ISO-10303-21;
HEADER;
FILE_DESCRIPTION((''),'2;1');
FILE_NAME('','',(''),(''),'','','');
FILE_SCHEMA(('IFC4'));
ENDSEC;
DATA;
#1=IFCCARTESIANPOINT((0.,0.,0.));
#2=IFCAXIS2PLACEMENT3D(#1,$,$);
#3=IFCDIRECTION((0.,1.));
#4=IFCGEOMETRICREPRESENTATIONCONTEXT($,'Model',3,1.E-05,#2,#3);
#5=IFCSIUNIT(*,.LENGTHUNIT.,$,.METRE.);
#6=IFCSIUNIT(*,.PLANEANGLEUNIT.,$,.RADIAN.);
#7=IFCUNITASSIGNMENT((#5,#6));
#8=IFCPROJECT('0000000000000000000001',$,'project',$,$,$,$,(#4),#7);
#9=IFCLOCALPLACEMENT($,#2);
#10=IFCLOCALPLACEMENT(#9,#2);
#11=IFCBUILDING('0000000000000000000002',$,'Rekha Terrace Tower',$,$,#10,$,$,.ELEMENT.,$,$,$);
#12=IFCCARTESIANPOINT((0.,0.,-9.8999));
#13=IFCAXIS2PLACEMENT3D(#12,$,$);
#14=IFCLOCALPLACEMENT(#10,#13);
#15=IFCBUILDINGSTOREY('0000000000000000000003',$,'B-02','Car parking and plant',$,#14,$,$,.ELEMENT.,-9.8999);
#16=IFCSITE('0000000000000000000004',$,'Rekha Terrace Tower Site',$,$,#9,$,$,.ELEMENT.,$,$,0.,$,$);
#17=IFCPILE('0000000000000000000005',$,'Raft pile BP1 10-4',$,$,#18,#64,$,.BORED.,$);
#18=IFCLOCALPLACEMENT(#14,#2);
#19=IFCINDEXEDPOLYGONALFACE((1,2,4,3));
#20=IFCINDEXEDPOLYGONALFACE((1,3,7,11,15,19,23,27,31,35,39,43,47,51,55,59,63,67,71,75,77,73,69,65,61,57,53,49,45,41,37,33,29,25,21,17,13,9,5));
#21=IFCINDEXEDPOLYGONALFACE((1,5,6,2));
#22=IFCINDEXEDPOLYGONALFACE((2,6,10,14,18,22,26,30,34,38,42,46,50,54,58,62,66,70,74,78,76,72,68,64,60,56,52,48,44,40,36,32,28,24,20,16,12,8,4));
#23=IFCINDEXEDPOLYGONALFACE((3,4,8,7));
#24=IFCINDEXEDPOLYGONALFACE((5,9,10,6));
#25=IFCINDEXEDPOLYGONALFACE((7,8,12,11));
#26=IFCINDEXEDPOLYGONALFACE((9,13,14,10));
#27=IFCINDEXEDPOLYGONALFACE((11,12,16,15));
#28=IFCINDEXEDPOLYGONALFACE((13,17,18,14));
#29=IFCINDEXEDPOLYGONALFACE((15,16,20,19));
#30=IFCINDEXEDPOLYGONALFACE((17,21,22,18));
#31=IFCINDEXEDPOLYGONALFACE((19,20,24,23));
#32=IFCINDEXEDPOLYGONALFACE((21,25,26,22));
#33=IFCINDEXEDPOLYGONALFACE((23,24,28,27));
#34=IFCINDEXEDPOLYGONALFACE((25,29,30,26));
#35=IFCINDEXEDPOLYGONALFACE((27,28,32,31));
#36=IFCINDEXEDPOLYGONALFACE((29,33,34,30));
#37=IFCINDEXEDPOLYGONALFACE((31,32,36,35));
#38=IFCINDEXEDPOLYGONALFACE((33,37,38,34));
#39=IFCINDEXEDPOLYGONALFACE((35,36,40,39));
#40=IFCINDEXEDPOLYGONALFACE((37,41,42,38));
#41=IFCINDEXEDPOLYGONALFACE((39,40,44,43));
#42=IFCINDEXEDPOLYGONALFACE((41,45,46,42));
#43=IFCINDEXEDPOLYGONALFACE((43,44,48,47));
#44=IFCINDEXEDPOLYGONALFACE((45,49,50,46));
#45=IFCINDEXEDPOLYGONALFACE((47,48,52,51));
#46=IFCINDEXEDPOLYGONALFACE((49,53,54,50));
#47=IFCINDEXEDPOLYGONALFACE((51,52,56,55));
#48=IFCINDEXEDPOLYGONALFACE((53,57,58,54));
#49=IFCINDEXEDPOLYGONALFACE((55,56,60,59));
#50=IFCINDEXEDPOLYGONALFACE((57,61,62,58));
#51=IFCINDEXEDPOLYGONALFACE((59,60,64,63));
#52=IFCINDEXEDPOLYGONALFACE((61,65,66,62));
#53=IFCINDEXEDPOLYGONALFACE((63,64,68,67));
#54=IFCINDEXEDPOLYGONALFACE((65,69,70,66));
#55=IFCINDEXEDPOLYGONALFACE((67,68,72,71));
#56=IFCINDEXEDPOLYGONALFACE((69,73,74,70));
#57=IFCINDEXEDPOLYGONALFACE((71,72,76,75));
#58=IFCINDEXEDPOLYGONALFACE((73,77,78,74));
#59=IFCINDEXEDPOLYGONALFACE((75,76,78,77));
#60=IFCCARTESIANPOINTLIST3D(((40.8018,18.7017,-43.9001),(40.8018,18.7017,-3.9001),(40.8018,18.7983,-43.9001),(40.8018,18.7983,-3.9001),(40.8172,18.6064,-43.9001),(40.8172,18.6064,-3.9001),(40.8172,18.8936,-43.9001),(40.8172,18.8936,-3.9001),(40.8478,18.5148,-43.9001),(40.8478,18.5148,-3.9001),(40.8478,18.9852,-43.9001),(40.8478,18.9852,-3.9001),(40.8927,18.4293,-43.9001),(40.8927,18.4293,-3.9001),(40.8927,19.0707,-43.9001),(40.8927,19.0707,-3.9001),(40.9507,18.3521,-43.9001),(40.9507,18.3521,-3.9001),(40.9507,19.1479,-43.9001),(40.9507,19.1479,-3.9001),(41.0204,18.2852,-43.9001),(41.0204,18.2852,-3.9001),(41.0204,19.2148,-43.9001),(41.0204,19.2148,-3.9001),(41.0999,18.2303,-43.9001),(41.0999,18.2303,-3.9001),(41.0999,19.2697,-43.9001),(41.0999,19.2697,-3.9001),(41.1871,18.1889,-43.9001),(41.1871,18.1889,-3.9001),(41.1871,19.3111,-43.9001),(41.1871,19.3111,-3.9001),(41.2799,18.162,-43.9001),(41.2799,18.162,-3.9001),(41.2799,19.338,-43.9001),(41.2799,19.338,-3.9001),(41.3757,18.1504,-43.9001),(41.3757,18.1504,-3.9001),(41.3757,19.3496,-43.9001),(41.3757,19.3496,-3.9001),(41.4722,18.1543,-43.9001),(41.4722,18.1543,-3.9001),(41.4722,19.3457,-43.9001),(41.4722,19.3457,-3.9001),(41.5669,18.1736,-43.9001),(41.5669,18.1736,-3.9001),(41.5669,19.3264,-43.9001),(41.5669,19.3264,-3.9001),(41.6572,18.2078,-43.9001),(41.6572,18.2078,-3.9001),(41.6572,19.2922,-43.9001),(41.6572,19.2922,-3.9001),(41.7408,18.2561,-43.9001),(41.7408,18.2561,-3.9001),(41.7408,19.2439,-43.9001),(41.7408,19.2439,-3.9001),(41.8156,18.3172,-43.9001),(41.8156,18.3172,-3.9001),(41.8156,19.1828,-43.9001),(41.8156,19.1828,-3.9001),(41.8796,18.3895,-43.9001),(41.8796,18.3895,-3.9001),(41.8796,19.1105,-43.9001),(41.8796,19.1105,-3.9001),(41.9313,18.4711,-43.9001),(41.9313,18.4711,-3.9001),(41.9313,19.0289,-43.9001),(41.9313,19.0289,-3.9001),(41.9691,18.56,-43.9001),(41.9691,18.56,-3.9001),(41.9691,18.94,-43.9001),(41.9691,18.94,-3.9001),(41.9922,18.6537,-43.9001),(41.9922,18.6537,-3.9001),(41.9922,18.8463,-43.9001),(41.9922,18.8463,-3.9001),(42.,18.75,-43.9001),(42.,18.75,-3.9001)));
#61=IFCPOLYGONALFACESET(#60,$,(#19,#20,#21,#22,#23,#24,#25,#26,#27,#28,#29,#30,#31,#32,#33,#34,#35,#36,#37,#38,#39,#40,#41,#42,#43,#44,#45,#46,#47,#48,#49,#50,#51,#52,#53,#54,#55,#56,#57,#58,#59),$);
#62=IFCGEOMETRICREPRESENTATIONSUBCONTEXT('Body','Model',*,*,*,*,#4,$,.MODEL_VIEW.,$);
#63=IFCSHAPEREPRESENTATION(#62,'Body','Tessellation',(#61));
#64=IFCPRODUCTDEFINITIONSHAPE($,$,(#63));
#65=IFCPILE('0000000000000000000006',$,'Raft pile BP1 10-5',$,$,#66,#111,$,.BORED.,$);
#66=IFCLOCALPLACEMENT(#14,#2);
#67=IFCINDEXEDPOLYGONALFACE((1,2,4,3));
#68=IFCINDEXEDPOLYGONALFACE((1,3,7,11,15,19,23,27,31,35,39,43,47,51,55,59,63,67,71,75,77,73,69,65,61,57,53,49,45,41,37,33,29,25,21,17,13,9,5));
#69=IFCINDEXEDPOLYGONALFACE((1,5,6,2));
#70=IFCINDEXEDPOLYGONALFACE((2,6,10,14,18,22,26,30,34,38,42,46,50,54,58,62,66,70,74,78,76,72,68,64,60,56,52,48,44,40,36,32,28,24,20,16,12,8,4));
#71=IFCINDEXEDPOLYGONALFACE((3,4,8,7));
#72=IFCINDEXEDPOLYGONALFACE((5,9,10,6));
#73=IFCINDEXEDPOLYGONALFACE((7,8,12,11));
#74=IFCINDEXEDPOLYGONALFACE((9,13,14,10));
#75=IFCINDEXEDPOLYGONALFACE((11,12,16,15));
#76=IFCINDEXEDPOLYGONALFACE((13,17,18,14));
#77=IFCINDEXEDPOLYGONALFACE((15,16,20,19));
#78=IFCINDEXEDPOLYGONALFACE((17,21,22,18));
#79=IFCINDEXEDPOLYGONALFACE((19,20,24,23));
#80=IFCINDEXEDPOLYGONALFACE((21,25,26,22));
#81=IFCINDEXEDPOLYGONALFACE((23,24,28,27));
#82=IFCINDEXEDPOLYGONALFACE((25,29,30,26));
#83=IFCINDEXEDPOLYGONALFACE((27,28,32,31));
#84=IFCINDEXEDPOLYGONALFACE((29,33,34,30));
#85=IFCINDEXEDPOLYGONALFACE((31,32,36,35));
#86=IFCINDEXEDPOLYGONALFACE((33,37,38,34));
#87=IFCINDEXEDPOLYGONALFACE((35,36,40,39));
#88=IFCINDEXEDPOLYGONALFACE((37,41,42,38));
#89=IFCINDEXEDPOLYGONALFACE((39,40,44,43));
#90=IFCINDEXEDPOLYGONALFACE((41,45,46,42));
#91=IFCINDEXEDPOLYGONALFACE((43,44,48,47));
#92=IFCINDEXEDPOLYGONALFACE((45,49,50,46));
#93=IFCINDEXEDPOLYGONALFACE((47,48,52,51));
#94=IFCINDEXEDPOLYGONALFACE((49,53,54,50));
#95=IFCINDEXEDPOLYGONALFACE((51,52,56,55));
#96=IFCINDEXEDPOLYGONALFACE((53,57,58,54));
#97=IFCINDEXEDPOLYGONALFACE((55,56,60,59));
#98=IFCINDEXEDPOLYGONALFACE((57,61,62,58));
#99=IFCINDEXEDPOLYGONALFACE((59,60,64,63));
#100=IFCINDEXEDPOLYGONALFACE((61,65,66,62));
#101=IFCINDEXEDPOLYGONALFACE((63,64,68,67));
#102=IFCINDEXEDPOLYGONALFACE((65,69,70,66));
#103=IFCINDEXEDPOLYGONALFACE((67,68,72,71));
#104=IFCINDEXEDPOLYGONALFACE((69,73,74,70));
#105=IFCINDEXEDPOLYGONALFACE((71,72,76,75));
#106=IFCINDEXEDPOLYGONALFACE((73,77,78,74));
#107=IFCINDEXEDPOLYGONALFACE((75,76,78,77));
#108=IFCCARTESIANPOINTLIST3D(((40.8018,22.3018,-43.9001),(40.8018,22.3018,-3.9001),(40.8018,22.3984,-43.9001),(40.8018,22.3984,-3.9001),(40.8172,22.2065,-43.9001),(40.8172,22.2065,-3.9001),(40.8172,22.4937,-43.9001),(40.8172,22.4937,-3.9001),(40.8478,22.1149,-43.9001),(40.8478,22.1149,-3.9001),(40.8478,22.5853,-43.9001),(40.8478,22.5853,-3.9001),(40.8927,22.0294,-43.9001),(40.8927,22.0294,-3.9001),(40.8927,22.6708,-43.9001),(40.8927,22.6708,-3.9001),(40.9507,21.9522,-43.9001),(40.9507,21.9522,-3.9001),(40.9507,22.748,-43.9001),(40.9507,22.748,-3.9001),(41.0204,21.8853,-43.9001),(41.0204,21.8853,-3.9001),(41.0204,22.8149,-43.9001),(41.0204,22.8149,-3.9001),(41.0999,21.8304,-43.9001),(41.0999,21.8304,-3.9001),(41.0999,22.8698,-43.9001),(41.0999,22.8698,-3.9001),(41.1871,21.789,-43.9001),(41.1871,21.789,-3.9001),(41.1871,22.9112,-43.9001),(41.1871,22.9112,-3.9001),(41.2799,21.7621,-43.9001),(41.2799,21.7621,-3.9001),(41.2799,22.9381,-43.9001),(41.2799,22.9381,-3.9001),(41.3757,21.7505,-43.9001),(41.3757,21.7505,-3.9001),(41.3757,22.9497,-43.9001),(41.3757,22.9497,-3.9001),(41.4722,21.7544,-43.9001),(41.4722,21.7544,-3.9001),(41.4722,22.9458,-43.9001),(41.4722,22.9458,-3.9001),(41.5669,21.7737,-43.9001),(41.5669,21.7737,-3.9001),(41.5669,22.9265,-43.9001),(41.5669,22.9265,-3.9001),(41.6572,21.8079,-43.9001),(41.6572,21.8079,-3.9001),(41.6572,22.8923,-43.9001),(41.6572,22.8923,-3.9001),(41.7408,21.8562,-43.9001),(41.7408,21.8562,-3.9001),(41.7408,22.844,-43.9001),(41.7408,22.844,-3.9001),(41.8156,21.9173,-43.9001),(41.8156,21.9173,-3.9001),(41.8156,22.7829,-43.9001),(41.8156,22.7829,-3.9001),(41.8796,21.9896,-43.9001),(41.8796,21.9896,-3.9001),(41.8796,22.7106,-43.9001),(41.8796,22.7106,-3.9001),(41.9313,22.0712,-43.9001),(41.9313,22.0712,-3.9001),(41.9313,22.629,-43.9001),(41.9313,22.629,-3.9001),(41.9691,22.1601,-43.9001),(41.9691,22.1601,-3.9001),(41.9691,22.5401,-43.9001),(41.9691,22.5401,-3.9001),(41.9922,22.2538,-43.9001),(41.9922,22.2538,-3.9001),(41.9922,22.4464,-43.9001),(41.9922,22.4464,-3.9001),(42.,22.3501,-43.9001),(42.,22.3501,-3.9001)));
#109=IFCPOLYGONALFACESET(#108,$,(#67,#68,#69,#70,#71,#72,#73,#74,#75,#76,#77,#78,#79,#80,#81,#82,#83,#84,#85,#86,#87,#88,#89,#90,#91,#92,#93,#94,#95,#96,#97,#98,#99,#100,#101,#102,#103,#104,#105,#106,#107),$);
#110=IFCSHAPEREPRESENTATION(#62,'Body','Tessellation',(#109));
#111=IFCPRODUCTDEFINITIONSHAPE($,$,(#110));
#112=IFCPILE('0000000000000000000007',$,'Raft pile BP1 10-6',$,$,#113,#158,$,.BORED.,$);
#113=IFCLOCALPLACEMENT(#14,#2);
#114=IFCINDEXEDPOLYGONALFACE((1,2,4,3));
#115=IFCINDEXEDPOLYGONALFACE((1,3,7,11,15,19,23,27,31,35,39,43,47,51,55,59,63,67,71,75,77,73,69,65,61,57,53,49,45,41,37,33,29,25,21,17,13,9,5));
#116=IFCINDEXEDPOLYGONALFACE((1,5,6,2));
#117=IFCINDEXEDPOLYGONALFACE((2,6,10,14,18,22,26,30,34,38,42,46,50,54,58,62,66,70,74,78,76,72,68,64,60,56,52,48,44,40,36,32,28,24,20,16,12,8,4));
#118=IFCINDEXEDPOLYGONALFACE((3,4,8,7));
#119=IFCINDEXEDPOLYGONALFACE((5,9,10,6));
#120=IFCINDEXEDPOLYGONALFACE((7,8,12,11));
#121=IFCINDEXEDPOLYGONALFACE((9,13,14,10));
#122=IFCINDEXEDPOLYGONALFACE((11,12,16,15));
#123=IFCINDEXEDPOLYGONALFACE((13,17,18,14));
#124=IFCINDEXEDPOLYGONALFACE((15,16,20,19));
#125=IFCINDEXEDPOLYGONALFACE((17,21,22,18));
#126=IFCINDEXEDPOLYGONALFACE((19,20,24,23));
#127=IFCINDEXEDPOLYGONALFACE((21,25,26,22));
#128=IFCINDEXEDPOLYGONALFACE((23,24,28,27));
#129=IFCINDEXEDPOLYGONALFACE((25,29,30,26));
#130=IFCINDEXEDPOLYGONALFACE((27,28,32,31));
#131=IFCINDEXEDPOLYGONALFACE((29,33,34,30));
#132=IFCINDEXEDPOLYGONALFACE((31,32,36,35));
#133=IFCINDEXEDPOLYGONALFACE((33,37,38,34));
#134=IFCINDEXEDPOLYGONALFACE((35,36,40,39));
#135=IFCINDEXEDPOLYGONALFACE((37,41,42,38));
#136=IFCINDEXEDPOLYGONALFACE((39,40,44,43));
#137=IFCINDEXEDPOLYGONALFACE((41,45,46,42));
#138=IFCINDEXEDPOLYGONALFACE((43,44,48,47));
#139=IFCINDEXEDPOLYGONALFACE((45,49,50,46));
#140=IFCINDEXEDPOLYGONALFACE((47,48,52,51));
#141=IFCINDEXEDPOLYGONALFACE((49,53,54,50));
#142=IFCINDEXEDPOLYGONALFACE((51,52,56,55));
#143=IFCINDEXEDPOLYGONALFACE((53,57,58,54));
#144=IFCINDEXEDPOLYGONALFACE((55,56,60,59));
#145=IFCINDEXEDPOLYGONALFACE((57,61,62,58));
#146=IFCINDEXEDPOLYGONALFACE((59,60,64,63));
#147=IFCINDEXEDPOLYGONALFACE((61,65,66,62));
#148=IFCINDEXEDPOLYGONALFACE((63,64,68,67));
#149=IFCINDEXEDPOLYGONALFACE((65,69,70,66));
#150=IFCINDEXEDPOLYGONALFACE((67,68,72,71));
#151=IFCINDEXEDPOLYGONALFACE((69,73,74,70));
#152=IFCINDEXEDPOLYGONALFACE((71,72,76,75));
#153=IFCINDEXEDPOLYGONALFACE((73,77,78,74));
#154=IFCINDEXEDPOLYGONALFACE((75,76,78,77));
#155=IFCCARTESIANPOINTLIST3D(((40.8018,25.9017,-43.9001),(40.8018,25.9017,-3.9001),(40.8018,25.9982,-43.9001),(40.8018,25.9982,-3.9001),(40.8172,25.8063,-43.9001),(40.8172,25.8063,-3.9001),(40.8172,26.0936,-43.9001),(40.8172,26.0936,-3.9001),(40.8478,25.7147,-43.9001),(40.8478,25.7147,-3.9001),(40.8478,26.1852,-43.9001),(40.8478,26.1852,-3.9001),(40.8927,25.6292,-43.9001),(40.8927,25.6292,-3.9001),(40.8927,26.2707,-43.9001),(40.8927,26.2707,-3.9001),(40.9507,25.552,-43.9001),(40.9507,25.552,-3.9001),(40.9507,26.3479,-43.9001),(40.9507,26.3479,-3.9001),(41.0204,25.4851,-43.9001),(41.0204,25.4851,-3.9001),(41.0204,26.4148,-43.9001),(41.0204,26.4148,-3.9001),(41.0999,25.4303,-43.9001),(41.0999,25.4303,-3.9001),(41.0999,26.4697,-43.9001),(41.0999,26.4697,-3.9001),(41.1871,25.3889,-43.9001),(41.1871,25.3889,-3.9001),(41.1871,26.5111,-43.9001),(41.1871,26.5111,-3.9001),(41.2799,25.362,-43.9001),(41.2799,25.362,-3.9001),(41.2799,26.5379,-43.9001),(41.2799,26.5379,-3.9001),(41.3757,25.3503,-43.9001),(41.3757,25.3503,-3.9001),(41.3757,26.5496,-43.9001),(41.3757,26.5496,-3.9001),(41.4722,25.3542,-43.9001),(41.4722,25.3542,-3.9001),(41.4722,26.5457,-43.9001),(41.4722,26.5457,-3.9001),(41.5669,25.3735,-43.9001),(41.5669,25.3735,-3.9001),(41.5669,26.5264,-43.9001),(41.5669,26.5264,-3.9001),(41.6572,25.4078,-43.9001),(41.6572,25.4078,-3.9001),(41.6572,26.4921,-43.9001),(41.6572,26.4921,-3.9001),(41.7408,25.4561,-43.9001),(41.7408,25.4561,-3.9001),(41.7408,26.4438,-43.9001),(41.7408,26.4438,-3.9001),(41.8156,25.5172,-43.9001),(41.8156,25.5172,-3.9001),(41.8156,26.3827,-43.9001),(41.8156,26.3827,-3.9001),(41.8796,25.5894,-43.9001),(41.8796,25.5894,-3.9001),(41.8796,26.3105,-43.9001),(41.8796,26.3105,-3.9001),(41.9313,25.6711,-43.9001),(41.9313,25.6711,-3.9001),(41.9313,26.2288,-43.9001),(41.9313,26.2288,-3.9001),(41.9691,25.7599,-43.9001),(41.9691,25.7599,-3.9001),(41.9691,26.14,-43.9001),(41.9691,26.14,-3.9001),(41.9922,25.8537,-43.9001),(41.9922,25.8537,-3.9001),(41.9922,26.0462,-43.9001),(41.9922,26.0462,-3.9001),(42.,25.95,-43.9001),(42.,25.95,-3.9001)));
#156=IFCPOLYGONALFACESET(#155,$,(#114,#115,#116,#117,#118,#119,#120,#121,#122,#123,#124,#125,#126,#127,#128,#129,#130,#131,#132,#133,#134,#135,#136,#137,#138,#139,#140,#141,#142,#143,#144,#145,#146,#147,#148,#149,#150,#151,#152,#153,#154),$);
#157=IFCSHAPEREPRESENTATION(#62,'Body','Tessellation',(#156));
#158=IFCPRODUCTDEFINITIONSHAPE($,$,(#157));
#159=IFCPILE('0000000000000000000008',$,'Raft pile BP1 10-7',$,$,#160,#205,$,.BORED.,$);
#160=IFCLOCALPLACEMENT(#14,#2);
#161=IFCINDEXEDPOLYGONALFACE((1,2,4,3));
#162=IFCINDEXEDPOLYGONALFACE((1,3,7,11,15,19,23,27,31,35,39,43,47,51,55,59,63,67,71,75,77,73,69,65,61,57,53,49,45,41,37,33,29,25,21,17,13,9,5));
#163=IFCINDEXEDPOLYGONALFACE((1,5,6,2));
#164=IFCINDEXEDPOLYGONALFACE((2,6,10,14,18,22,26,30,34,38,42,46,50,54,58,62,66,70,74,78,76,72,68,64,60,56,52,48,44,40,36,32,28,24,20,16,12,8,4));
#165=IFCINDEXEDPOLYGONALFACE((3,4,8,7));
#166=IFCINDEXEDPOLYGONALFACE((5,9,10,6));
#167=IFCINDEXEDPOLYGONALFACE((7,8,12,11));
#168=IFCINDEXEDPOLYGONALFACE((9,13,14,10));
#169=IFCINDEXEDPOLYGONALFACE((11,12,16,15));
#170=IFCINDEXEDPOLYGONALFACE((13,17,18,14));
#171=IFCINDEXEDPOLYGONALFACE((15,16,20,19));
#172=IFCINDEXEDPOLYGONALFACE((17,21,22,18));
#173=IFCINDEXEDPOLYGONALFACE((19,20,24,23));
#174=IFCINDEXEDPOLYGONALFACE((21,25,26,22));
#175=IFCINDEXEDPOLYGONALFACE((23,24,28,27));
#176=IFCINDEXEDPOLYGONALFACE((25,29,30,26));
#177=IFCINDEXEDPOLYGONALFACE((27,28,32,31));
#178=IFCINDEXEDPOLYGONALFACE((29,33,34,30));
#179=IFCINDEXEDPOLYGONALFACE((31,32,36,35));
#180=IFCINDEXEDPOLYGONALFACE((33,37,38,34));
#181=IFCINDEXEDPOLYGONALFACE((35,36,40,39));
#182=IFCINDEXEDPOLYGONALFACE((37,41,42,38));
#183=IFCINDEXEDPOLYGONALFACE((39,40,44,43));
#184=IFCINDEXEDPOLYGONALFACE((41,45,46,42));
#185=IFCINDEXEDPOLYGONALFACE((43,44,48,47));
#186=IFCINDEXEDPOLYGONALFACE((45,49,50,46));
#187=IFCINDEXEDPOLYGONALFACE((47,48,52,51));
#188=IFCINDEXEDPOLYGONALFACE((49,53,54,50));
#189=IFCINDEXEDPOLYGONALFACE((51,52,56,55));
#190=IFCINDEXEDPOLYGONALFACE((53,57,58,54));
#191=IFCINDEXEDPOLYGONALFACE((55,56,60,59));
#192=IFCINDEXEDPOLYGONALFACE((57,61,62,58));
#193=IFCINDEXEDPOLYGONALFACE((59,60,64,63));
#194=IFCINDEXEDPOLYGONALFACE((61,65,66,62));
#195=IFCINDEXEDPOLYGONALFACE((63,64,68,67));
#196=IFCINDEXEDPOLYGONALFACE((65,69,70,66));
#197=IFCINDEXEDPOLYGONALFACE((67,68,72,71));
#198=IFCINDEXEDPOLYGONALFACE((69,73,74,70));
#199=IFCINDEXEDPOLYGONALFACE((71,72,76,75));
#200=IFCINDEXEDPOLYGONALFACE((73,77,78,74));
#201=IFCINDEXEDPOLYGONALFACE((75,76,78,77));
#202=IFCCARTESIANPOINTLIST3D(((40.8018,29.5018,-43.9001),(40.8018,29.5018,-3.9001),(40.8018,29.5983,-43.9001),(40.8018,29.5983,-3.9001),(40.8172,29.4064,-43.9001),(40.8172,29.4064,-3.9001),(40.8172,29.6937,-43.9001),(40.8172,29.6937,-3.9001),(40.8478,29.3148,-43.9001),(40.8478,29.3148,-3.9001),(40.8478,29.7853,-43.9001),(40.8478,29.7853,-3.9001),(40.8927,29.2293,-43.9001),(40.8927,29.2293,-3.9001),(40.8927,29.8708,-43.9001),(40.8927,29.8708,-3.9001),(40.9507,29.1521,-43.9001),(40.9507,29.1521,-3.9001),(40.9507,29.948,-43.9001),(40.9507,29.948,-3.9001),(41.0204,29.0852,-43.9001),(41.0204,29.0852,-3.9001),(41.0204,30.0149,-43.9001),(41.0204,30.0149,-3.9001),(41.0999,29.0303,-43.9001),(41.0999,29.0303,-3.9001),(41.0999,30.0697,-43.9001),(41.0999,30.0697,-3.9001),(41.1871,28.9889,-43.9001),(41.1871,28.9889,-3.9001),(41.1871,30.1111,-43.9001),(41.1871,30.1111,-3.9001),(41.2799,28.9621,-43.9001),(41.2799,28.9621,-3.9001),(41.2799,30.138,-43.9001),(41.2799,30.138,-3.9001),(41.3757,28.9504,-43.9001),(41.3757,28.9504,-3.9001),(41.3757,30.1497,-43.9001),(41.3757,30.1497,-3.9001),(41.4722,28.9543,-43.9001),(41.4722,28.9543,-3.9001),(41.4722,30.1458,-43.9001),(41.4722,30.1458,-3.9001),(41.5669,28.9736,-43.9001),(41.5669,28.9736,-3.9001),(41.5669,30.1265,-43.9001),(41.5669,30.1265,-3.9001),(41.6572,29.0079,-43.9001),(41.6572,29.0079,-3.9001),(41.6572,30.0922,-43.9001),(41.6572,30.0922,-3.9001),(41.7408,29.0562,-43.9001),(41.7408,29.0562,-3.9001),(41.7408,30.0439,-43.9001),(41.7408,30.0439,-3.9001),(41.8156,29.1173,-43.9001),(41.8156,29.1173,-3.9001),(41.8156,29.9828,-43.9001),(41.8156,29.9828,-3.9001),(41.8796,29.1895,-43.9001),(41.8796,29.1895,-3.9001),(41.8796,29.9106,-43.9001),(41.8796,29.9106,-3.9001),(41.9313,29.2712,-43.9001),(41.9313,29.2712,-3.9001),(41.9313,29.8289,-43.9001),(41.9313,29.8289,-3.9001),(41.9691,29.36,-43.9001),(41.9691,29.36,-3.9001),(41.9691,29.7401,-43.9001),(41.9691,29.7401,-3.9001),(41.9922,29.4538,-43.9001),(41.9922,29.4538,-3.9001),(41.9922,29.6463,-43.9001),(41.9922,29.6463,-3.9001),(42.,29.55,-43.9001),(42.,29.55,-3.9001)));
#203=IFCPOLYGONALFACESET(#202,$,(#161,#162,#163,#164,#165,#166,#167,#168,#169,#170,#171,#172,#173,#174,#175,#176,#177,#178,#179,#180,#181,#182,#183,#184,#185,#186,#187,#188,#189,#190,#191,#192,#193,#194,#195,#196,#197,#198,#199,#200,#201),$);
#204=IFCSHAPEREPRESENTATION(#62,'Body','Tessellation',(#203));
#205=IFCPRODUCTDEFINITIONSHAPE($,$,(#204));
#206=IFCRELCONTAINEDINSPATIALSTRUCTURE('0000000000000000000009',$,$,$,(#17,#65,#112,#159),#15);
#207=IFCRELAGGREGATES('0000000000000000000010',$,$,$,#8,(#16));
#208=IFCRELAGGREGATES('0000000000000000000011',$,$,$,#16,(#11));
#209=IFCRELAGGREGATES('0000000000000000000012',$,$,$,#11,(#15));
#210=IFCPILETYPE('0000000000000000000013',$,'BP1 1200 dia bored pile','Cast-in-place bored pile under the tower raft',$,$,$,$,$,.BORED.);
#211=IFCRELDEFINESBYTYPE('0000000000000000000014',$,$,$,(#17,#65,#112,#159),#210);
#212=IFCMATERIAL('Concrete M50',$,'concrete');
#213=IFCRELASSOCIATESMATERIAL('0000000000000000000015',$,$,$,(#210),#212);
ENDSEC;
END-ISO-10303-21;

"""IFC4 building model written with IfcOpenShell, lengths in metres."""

from ifc_helpers import new_model, si_unit, direction, frame, origin, origin_2d, place, context, subcontext, project, spatial, circle, extrude, material, type_object, element, save


model = new_model("IFC4")

# Units and contexts
model_context = context("Model", 3, precision=1e-05, world=origin(), true_north=direction((0.0, 1.0)))
body_context = subcontext(model_context, "Body", "Model", "MODEL_VIEW")
ifc_project = project(units=[si_unit("LENGTHUNIT", "METRE"), si_unit("PLANEANGLEUNIT", "RADIAN")], contexts=[model_context])

# Site, building, storey
site_placement = place(None, origin())
site = spatial("IfcSite", under=ifc_project, at=site_placement, Name="Rekha Terrace Tower Site", CompositionType="ELEMENT", RefElevation=0.0)
building_placement = place(site_placement, origin())
building = spatial("IfcBuilding", under=site, at=building_placement, Name="Rekha Terrace Tower", CompositionType="ELEMENT")
storey_placement = place(building_placement, frame((0.0, 0.0, -9.8999)))
storey = spatial("IfcBuildingStorey", under=building, at=storey_placement, Name="B-02", Description="Car parking and plant", CompositionType="ELEMENT", Elevation=-9.8999)

# Piles
ifc_material_1 = material(Name="Concrete M50", Category="concrete")
pile_type = type_object("IfcPileType", Name="BP1 1200 dia bored pile", Description="Cast-in-place bored pile under the tower raft", PredefinedType="BORED", material=ifc_material_1)
for number, where, z_axis, x_axis, name in (
    (1, (41.3999, 18.75, -3.9001), (0.0, 0.0, -1.0), (1.0, 0.0, 0.0), "Raft pile BP1 10-4"),
    (2, (41.3999, 22.3501, -3.9001), (0.0, 0.0, -1.0), (1.0, 0.0, 0.0), "Raft pile BP1 10-5"),
    (3, (41.3999, 25.95, -3.9001), (0.0, 0.0, -1.0), (1.0, 0.0, 0.0), "Raft pile BP1 10-6"),
    (4, (41.3999, 29.55, -3.9001), (0.0, 0.0, -1.0), (1.0, 0.0, 0.0), "Raft pile BP1 10-7"),
):
    element("IfcPile", number, at=place(storey_placement, frame(where, z_axis=z_axis, x_axis=x_axis)), inside=storey, type_object=pile_type, Name=name, PredefinedType="BORED", context=body_context, shape_type="SweptSolid", body=[
        extrude(circle(Radius=0.6001, at=origin_2d()), origin(), (0.0, 0.0, 1.0), 40.0),
    ])

save(model, "model.ifc")
